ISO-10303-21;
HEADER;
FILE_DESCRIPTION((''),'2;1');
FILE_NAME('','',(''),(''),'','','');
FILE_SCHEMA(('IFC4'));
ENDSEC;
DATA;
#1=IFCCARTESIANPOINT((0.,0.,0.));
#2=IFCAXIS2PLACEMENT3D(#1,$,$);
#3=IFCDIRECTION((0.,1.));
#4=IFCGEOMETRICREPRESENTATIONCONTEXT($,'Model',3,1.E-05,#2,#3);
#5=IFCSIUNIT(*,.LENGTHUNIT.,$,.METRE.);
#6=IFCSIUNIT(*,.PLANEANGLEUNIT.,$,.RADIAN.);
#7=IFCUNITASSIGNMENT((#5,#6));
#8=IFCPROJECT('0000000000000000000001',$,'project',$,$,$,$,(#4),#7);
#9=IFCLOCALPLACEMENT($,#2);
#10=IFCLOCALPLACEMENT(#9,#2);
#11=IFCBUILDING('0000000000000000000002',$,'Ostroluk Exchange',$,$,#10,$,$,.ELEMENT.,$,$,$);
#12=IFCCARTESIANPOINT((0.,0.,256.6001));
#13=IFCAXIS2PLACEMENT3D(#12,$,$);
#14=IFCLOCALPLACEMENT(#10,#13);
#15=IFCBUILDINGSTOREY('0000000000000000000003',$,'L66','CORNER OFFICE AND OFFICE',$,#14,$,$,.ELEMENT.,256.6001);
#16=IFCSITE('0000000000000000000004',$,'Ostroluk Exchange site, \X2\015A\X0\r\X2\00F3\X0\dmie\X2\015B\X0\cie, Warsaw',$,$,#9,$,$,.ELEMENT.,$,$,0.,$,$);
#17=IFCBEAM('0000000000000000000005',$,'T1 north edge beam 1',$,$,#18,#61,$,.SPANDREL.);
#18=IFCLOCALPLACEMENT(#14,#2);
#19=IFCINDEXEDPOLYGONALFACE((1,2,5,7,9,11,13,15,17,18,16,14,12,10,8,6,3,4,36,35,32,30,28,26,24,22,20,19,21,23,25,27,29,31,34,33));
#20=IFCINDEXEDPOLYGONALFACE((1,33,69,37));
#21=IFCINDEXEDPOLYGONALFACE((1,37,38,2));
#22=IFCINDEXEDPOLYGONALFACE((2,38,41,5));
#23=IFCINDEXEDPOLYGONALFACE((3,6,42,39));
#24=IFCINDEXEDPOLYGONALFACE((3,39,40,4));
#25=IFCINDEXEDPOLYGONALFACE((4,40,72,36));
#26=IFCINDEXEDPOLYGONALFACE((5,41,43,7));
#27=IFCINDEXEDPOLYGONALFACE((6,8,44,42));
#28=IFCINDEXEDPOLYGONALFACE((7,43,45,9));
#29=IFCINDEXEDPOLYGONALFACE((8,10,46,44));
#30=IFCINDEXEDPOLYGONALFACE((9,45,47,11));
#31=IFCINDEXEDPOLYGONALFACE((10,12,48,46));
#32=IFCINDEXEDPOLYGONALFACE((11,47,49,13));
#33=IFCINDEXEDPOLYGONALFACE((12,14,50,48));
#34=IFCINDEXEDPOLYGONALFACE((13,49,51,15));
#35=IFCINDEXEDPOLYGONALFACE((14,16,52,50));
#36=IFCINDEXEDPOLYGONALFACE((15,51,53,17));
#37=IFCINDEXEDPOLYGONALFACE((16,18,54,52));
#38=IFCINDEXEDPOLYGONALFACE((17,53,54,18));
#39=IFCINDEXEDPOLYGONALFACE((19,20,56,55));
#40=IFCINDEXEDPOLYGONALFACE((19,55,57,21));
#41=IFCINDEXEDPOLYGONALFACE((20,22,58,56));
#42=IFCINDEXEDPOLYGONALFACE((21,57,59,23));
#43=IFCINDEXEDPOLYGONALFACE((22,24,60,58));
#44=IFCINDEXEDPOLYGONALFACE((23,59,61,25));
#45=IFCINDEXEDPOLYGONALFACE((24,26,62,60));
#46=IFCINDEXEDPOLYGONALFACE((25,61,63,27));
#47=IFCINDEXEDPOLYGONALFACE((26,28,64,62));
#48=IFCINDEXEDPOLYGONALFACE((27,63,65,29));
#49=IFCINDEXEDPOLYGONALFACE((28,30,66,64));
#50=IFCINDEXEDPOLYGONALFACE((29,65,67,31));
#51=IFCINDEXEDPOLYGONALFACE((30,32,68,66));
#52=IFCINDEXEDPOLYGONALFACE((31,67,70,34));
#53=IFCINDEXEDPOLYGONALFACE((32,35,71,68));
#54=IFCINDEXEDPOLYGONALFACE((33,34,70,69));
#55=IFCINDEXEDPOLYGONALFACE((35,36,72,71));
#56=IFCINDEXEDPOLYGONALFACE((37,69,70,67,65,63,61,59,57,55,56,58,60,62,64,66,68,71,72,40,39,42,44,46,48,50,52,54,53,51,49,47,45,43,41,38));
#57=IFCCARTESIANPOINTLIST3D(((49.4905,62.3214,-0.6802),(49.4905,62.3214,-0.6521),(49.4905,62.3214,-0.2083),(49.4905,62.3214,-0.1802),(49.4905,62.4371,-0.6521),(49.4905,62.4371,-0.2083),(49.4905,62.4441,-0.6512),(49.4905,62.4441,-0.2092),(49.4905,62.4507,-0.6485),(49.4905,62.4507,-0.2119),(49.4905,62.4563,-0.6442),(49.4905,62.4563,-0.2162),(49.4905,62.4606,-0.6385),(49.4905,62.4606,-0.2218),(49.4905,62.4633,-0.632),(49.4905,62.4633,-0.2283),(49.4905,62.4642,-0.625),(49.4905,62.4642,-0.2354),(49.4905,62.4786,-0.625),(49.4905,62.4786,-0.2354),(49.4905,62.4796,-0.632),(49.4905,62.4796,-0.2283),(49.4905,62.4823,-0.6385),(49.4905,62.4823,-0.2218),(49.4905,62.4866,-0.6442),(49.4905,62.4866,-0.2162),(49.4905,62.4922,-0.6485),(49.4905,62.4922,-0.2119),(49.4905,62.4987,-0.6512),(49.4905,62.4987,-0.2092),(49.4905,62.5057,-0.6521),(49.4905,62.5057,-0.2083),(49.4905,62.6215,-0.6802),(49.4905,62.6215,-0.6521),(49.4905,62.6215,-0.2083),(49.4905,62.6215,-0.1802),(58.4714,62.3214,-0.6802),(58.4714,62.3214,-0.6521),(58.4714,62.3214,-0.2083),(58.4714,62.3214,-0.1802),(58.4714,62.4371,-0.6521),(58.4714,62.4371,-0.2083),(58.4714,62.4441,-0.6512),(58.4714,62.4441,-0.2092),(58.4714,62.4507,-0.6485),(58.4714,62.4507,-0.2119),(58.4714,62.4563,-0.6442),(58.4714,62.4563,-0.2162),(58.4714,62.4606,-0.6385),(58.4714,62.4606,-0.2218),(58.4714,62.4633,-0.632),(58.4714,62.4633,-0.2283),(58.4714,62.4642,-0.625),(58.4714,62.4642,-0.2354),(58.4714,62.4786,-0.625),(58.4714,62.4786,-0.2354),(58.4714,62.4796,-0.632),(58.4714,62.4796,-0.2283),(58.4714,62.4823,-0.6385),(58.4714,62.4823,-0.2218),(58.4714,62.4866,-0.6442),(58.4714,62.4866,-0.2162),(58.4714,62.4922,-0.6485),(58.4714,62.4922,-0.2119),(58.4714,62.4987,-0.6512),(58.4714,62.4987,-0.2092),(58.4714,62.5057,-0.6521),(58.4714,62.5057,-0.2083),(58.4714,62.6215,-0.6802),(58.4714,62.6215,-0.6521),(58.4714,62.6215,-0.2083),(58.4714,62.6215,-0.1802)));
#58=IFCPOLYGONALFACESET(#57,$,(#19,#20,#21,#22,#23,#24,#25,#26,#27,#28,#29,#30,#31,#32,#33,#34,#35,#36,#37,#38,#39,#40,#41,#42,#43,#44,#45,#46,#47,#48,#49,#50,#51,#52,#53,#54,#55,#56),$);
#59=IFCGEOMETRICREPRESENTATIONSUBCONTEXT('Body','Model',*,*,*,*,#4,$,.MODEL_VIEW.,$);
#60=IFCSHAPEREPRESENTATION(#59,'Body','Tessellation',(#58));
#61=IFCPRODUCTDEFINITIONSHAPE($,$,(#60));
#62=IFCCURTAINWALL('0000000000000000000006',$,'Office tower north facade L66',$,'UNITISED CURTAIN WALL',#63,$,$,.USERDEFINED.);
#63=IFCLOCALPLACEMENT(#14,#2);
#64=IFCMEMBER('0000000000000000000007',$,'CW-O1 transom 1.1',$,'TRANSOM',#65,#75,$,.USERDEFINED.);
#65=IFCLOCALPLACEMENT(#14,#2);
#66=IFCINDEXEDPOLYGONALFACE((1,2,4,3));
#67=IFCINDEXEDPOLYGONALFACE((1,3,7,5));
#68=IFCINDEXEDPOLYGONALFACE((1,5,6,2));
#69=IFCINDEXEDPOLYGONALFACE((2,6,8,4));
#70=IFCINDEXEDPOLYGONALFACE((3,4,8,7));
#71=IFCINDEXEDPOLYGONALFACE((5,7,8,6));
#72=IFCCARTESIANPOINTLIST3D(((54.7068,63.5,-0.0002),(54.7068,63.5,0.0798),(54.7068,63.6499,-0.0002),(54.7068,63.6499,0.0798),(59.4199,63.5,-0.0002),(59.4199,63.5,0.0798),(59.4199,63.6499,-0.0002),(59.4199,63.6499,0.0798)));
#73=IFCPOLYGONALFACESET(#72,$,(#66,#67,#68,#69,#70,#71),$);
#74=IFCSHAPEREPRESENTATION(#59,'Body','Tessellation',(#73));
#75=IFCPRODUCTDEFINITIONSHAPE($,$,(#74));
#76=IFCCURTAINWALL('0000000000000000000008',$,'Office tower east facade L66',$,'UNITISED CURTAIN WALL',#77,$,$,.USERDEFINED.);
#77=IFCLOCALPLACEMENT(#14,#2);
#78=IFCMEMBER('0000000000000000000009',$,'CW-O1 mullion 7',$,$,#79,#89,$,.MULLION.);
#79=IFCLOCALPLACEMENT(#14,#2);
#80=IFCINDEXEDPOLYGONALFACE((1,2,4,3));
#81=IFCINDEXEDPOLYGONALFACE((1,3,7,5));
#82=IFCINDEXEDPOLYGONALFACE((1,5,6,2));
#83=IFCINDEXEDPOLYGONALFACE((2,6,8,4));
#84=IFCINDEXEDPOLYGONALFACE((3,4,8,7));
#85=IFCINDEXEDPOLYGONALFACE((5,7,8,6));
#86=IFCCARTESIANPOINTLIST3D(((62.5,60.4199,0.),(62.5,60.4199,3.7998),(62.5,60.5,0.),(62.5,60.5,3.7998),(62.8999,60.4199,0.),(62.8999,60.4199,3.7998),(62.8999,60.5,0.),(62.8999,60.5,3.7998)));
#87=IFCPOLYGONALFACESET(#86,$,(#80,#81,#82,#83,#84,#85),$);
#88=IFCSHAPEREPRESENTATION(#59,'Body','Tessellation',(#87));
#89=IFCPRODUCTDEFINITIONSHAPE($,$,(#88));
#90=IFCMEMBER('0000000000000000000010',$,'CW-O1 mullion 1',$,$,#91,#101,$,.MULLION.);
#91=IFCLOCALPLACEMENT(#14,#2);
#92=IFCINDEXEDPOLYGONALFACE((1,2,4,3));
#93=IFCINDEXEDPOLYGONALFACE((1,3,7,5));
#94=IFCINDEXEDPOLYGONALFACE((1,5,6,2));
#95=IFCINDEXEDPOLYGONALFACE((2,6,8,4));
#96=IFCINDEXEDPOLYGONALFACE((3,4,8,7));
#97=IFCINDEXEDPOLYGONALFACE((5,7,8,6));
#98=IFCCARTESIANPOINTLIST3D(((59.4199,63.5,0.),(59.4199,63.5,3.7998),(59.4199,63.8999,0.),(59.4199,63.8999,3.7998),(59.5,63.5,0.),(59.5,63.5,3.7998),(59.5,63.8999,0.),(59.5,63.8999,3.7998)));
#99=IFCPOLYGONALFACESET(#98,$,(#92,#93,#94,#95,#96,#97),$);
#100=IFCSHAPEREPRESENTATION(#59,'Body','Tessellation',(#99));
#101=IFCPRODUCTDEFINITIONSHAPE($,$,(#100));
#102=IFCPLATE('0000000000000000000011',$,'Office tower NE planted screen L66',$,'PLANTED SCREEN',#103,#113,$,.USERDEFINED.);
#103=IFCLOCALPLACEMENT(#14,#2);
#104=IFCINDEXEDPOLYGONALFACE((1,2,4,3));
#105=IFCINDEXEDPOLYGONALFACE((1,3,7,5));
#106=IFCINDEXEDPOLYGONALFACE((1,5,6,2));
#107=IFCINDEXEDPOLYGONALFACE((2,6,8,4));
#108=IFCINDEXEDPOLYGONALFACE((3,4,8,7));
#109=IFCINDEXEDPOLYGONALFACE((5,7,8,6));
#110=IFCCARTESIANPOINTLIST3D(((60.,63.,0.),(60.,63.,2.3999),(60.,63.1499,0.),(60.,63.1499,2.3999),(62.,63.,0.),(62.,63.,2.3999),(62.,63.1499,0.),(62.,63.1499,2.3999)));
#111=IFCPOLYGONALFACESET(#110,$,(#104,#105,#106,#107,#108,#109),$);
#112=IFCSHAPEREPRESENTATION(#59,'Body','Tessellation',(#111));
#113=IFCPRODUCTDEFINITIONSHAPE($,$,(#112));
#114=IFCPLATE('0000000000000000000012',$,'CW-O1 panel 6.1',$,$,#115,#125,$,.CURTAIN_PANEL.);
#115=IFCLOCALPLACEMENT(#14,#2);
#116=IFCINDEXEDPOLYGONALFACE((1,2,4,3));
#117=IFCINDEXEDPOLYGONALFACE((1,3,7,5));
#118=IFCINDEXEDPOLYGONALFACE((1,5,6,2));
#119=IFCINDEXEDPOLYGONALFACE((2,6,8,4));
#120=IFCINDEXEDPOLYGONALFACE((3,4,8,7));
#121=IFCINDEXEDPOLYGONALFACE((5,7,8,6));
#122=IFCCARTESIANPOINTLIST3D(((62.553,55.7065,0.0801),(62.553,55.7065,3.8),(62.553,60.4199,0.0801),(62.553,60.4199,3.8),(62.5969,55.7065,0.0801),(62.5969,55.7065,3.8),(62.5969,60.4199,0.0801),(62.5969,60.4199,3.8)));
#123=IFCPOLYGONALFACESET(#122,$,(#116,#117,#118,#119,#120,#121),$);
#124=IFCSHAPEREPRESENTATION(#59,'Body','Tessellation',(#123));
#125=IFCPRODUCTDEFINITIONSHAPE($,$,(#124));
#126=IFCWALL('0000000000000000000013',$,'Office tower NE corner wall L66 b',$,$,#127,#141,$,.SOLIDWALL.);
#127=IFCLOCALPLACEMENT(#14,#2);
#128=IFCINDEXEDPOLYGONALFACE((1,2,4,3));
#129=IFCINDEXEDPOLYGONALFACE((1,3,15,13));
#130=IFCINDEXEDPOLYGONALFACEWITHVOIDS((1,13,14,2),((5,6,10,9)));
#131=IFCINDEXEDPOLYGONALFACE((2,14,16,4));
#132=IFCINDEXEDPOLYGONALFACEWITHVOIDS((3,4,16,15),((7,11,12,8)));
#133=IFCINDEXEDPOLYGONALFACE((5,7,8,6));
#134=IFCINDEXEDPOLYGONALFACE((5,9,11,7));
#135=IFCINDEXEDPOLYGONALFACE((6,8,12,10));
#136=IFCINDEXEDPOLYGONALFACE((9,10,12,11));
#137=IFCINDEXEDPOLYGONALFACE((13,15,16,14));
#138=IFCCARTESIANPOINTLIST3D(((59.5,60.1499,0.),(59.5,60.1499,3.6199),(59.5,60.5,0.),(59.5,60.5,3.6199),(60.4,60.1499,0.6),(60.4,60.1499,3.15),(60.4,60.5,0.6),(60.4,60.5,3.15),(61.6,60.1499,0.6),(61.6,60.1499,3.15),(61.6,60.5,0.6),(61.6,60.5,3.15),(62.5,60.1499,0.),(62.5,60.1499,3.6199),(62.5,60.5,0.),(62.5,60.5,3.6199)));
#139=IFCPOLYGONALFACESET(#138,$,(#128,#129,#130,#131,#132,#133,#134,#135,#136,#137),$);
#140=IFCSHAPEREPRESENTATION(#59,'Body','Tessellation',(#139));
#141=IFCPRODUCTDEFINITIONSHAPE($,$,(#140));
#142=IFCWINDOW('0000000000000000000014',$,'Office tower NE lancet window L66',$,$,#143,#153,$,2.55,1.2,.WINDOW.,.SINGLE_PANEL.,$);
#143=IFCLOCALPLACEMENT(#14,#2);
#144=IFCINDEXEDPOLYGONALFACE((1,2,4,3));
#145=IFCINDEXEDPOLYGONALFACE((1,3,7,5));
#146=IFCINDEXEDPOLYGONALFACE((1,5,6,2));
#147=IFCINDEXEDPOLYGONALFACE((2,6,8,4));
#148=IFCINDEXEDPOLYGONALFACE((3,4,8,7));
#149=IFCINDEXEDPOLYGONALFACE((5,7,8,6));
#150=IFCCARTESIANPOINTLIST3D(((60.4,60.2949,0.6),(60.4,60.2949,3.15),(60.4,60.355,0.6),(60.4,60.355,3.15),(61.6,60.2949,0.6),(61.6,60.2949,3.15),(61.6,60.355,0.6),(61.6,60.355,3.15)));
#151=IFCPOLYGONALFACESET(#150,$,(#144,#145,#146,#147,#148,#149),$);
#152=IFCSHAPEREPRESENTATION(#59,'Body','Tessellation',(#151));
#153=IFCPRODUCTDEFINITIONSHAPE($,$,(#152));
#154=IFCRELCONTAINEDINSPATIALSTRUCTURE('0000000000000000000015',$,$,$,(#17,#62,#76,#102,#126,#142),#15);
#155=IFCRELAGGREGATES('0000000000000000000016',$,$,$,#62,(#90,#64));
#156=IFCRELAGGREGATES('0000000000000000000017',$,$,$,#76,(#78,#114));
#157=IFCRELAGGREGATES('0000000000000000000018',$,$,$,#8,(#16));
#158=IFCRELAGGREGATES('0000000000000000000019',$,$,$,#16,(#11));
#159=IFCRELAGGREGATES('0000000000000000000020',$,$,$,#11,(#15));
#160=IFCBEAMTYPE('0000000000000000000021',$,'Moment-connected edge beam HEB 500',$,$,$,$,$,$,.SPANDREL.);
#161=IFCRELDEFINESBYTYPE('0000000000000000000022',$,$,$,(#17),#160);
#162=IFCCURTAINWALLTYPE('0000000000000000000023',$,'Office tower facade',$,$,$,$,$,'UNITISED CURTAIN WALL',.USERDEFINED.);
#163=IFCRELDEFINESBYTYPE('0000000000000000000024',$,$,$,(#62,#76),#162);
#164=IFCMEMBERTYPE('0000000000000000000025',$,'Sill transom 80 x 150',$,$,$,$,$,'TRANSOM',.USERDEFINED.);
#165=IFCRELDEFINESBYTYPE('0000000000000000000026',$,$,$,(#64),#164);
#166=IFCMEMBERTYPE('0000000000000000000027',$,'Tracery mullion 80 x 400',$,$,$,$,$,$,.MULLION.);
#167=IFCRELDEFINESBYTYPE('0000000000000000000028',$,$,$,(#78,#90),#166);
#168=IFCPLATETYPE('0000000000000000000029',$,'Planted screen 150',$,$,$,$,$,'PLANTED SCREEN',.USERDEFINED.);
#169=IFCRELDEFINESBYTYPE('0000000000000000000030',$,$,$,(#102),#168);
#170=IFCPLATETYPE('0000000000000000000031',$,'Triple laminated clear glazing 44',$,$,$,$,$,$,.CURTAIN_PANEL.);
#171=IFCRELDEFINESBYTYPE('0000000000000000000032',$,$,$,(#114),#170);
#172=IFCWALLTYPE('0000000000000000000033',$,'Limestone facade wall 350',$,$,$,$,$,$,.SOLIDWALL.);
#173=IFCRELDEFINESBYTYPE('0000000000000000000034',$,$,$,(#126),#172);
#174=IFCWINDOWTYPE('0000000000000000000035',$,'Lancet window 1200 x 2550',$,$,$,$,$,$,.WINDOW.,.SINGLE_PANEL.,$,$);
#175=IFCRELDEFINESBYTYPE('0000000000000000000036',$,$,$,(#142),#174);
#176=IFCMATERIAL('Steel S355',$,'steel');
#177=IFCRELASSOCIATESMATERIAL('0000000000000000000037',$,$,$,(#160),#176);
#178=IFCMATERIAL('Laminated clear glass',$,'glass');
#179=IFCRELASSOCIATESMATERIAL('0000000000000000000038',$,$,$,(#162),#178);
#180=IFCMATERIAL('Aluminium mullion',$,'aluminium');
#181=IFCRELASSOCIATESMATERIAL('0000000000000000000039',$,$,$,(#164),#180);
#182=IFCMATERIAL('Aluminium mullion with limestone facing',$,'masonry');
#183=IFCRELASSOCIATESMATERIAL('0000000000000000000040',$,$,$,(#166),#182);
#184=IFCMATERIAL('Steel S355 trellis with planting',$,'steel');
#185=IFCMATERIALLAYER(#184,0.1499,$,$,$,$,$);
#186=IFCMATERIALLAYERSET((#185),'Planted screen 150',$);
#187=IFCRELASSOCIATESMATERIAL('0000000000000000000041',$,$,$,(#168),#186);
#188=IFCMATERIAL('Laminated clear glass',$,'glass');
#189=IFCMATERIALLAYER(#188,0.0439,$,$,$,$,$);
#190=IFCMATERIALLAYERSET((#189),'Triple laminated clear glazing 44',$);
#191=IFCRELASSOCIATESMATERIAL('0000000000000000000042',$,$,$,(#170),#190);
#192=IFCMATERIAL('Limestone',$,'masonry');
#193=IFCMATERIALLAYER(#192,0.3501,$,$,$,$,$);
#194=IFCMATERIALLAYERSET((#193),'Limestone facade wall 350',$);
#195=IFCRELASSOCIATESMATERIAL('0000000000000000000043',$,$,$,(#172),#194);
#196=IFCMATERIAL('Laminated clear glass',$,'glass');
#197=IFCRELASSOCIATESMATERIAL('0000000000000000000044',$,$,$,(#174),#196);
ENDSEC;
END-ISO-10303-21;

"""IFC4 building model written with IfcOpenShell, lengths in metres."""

from ifc_helpers import new_model, si_unit, direction, frame, frame_2d, origin, origin_2d, place, context, subcontext, project, spatial, rectangle, i_section, extrude, material, layer, layer_set, material_profile, profile_set, type_object, element, fill, aggregate, save


model = new_model("IFC4")

# Units and contexts
model_context = context("Model", 3, precision=1e-05, world=origin(), true_north=direction((0.0, 1.0)))
body_context = subcontext(model_context, "Body", "Model", "MODEL_VIEW")
ifc_project = project(units=[si_unit("LENGTHUNIT", "METRE"), si_unit("PLANEANGLEUNIT", "RADIAN")], contexts=[model_context])

# Site, building, storey
site_placement = place(None, origin())
site = spatial("IfcSite", under=ifc_project, at=site_placement, Name="Ostroluk Exchange site, Śródmieście, Warsaw", CompositionType="ELEMENT", RefElevation=0.0)
building_placement = place(site_placement, origin())
building = spatial("IfcBuilding", under=site, at=building_placement, Name="Ostroluk Exchange", CompositionType="ELEMENT")
storey_placement = place(building_placement, frame((0.0, 0.0, 256.6001)))
storey = spatial("IfcBuildingStorey", under=building, at=storey_placement, Name="L66", Description="CORNER OFFICE AND OFFICE", CompositionType="ELEMENT", Elevation=256.6001)

# Beam
ifc_material_1 = material(Name="Steel S355", Category="steel")
ifc_material_profile_1 = material_profile(ifc_material_1, i_section(OverallWidth=0.3, OverallDepth=0.5, WebThickness=0.0144, FlangeThickness=0.0281, FilletRadius=0.0271, at=origin_2d()), Name="HEB 500")
ifc_profile_set_1 = profile_set([ifc_material_profile_1], Name="Steel S355")
beam_type_1 = type_object("IfcBeamType", Name="Moment-connected edge beam HEB 500", PredefinedType="SPANDREL", material=ifc_profile_set_1)
beam_1_placement = place(storey_placement, frame((58.4714, 62.4714, -0.4302), z_axis=(-1.0, 0.0, 0.0), x_axis=(0.0, -1.0, 0.0)))
element("IfcBeam", 1, at=beam_1_placement, inside=storey, type_object=beam_type_1, Name="T1 north edge beam 1", PredefinedType="SPANDREL", context=body_context, shape_type="SweptSolid", body=[
    extrude(i_section(OverallWidth=0.3, OverallDepth=0.5, WebThickness=0.0144, FlangeThickness=0.0281, FilletRadius=0.0271, at=origin_2d()), origin(), (0.0, 0.0, 1.0), 8.981),
])

# Curtain walls, members
ifc_material_2 = material(Name="Laminated clear glass", Category="glass")
curtain_wall_type = type_object("IfcCurtainWallType", Name="Office tower facade", ElementType="UNITISED CURTAIN WALL", PredefinedType="USERDEFINED", material=ifc_material_2)
curtain_wall_1_placement = place(storey_placement, origin())
curtain_wall_1 = element("IfcCurtainWall", 2, at=curtain_wall_1_placement, inside=storey, type_object=curtain_wall_type, Name="Office tower north facade L66", ObjectType="UNITISED CURTAIN WALL", PredefinedType="USERDEFINED")
ifc_material_3 = material(Name="Aluminium mullion", Category="aluminium")
ifc_material_profile_2 = material_profile(ifc_material_3, rectangle(XDim=0.1499, YDim=0.0801, at=origin_2d()), Name="Sill transom 80 x 150")
ifc_profile_set_2 = profile_set([ifc_material_profile_2], Name="Aluminium mullion")
member_type_1 = type_object("IfcMemberType", Name="Sill transom 80 x 150", ElementType="TRANSOM", PredefinedType="USERDEFINED", material=ifc_profile_set_2)
member_1_placement = place(storey_placement, frame((59.4199, 63.575, 0.0398), z_axis=(-1.0, 0.0, 0.0), x_axis=(0.0, -1.0, 0.0)))
member_1 = element("IfcMember", 3, at=member_1_placement, type_object=member_type_1, Name="CW-O1 transom 1.1", ObjectType="TRANSOM", PredefinedType="USERDEFINED", context=body_context, shape_type="SweptSolid", body=[
    extrude(rectangle(XDim=0.1499, YDim=0.0801, at=origin_2d()), origin(), (0.0, 0.0, 1.0), 4.7131),
])
curtain_wall_2_placement = place(storey_placement, origin())
curtain_wall_2 = element("IfcCurtainWall", 4, at=curtain_wall_2_placement, inside=storey, type_object=curtain_wall_type, Name="Office tower east facade L66", ObjectType="UNITISED CURTAIN WALL", PredefinedType="USERDEFINED")
ifc_material_4 = material(Name="Aluminium mullion with limestone facing", Category="masonry")
ifc_material_profile_3 = material_profile(ifc_material_4, rectangle(XDim=0.3999, YDim=0.0801, at=origin_2d()), Name="Tracery mullion 80 x 400")
ifc_profile_set_3 = profile_set([ifc_material_profile_3], Name="Aluminium mullion with limestone facing")
member_type_2 = type_object("IfcMemberType", Name="Tracery mullion 80 x 400", PredefinedType="MULLION", material=ifc_profile_set_3)
member_2_placement = place(storey_placement, frame((62.7, 60.46, 0.0), z_axis=(0.0, 0.0, 1.0), x_axis=(-1.0, 0.0, 0.0)))
member_2 = element("IfcMember", 5, at=member_2_placement, type_object=member_type_2, Name="CW-O1 mullion 7", PredefinedType="MULLION", context=body_context, shape_type="SweptSolid", body=[
    extrude(rectangle(XDim=0.3999, YDim=0.0801, at=origin_2d()), origin(), (0.0, 0.0, 1.0), 3.7998),
])

# Member
member_3_placement = place(storey_placement, frame((59.46, 63.7, 0.0), z_axis=(0.0, 0.0, 1.0), x_axis=(0.0, -1.0, 0.0)))
member_3 = element("IfcMember", 6, at=member_3_placement, type_object=member_type_2, Name="CW-O1 mullion 1", PredefinedType="MULLION", context=body_context, shape_type="SweptSolid", body=[
    extrude(rectangle(XDim=0.3999, YDim=0.0801, at=origin_2d()), origin(), (0.0, 0.0, 1.0), 3.7998),
])
aggregate(curtain_wall_1, [member_3, member_1])

# Plates
ifc_material_5 = material(Name="Steel S355 trellis with planting", Category="steel")
ifc_layer_1 = layer(ifc_material_5, 0.1499)
ifc_layer_set_1 = layer_set([ifc_layer_1], Name="Planted screen 150")
plate_type_1 = type_object("IfcPlateType", Name="Planted screen 150", ElementType="PLANTED SCREEN", PredefinedType="USERDEFINED", material=ifc_layer_set_1)
plate_1_placement = place(storey_placement, frame((61.0, 63.075, 0.0), z_axis=(0.0, 0.0, 1.0), x_axis=(1.0, 0.0, 0.0)))
element("IfcPlate", 7, at=plate_1_placement, inside=storey, type_object=plate_type_1, Name="Office tower NE planted screen L66", ObjectType="PLANTED SCREEN", PredefinedType="USERDEFINED", context=body_context, shape_type="SweptSolid", body=[
    extrude(rectangle(XDim=2.0, YDim=0.1499, at=origin_2d()), origin(), (0.0, 0.0, 1.0), 2.3999),
])
ifc_material_6 = material(Name="Laminated clear glass", Category="glass")
ifc_layer_2 = layer(ifc_material_6, 0.0439)
ifc_layer_set_2 = layer_set([ifc_layer_2], Name="Triple laminated clear glazing 44")
plate_type_2 = type_object("IfcPlateType", Name="Triple laminated clear glazing 44", PredefinedType="CURTAIN_PANEL", material=ifc_layer_set_2)
plate_2_placement = place(storey_placement, frame((62.575, 58.0632, 0.0801), z_axis=(0.0, 0.0, 1.0), x_axis=(0.0, 1.0, 0.0)))
plate_2 = element("IfcPlate", 8, at=plate_2_placement, type_object=plate_type_2, Name="CW-O1 panel 6.1", PredefinedType="CURTAIN_PANEL", context=body_context, shape_type="SweptSolid", body=[
    extrude(rectangle(XDim=4.7134, YDim=0.0439, at=origin_2d()), origin(), (0.0, 0.0, 1.0), 3.72),
])
aggregate(curtain_wall_2, [member_2, plate_2])

# Shared definitions
ifc_material_7 = material(Name="Limestone", Category="masonry")
ifc_layer_3 = layer(ifc_material_7, 0.3501)
ifc_layer_set_3 = layer_set([ifc_layer_3], Name="Limestone facade wall 350")
wall_type = type_object("IfcWallType", Name="Limestone facade wall 350", PredefinedType="SOLIDWALL", material=ifc_layer_set_3)

# Wall, opening, window
wall_1_placement = place(storey_placement, frame((59.5, 60.325, 0.0), z_axis=(0.0, 0.0, 1.0), x_axis=(1.0, 0.0, 0.0)))
wall_1 = element("IfcWall", 9, at=wall_1_placement, inside=storey, type_object=wall_type, Name="Office tower NE corner wall L66 b", PredefinedType="SOLIDWALL", context=body_context, shape_type="SweptSolid", body=[
    extrude(rectangle(XDim=3.0, YDim=0.3501, at=frame_2d((1.5, 0.0))), origin(), (0.0, 0.0, 1.0), 3.6199),
])
opening_1_placement = place(wall_1_placement, frame((0.8999, 0.0, 0.6001)))
opening_1 = element("IfcOpeningElement", 10, at=opening_1_placement, cuts=wall_1, PredefinedType="OPENING", context=body_context, shape_type="SweptSolid", body=[
    extrude(rectangle(XDim=1.2, YDim=2.55, at=frame_2d((0.6001, 1.2749))), frame((0.0, 0.1851, 0.0), z_axis=(0.0, -1.0, 0.0), x_axis=(1.0, 0.0, 0.0)), (0.0, 0.0, 1.0), 0.3701),
])
ifc_material_8 = material(Name="Laminated clear glass", Category="glass")
window_type = type_object("IfcWindowType", Name="Lancet window 1200 x 2550", PartitioningType="SINGLE_PANEL", PredefinedType="WINDOW", material=ifc_material_8)
window_placement = place(opening_1_placement, origin())
window = element("IfcWindow", 11, at=window_placement, inside=storey, type_object=window_type, Name="Office tower NE lancet window L66", OverallHeight=2.55, OverallWidth=1.2, PartitioningType="SINGLE_PANEL", PredefinedType="WINDOW", context=body_context, shape_type="SweptSolid", body=[
    extrude(rectangle(XDim=1.2, YDim=2.55, at=frame_2d((0.6001, 1.2749))), frame((0.0, 0.03, 0.0), z_axis=(0.0, -1.0, 0.0), x_axis=(1.0, 0.0, 0.0)), (0.0, 0.0, 1.0), 0.0601),
])
fill(opening_1, window)

save(model, "model.ifc")
